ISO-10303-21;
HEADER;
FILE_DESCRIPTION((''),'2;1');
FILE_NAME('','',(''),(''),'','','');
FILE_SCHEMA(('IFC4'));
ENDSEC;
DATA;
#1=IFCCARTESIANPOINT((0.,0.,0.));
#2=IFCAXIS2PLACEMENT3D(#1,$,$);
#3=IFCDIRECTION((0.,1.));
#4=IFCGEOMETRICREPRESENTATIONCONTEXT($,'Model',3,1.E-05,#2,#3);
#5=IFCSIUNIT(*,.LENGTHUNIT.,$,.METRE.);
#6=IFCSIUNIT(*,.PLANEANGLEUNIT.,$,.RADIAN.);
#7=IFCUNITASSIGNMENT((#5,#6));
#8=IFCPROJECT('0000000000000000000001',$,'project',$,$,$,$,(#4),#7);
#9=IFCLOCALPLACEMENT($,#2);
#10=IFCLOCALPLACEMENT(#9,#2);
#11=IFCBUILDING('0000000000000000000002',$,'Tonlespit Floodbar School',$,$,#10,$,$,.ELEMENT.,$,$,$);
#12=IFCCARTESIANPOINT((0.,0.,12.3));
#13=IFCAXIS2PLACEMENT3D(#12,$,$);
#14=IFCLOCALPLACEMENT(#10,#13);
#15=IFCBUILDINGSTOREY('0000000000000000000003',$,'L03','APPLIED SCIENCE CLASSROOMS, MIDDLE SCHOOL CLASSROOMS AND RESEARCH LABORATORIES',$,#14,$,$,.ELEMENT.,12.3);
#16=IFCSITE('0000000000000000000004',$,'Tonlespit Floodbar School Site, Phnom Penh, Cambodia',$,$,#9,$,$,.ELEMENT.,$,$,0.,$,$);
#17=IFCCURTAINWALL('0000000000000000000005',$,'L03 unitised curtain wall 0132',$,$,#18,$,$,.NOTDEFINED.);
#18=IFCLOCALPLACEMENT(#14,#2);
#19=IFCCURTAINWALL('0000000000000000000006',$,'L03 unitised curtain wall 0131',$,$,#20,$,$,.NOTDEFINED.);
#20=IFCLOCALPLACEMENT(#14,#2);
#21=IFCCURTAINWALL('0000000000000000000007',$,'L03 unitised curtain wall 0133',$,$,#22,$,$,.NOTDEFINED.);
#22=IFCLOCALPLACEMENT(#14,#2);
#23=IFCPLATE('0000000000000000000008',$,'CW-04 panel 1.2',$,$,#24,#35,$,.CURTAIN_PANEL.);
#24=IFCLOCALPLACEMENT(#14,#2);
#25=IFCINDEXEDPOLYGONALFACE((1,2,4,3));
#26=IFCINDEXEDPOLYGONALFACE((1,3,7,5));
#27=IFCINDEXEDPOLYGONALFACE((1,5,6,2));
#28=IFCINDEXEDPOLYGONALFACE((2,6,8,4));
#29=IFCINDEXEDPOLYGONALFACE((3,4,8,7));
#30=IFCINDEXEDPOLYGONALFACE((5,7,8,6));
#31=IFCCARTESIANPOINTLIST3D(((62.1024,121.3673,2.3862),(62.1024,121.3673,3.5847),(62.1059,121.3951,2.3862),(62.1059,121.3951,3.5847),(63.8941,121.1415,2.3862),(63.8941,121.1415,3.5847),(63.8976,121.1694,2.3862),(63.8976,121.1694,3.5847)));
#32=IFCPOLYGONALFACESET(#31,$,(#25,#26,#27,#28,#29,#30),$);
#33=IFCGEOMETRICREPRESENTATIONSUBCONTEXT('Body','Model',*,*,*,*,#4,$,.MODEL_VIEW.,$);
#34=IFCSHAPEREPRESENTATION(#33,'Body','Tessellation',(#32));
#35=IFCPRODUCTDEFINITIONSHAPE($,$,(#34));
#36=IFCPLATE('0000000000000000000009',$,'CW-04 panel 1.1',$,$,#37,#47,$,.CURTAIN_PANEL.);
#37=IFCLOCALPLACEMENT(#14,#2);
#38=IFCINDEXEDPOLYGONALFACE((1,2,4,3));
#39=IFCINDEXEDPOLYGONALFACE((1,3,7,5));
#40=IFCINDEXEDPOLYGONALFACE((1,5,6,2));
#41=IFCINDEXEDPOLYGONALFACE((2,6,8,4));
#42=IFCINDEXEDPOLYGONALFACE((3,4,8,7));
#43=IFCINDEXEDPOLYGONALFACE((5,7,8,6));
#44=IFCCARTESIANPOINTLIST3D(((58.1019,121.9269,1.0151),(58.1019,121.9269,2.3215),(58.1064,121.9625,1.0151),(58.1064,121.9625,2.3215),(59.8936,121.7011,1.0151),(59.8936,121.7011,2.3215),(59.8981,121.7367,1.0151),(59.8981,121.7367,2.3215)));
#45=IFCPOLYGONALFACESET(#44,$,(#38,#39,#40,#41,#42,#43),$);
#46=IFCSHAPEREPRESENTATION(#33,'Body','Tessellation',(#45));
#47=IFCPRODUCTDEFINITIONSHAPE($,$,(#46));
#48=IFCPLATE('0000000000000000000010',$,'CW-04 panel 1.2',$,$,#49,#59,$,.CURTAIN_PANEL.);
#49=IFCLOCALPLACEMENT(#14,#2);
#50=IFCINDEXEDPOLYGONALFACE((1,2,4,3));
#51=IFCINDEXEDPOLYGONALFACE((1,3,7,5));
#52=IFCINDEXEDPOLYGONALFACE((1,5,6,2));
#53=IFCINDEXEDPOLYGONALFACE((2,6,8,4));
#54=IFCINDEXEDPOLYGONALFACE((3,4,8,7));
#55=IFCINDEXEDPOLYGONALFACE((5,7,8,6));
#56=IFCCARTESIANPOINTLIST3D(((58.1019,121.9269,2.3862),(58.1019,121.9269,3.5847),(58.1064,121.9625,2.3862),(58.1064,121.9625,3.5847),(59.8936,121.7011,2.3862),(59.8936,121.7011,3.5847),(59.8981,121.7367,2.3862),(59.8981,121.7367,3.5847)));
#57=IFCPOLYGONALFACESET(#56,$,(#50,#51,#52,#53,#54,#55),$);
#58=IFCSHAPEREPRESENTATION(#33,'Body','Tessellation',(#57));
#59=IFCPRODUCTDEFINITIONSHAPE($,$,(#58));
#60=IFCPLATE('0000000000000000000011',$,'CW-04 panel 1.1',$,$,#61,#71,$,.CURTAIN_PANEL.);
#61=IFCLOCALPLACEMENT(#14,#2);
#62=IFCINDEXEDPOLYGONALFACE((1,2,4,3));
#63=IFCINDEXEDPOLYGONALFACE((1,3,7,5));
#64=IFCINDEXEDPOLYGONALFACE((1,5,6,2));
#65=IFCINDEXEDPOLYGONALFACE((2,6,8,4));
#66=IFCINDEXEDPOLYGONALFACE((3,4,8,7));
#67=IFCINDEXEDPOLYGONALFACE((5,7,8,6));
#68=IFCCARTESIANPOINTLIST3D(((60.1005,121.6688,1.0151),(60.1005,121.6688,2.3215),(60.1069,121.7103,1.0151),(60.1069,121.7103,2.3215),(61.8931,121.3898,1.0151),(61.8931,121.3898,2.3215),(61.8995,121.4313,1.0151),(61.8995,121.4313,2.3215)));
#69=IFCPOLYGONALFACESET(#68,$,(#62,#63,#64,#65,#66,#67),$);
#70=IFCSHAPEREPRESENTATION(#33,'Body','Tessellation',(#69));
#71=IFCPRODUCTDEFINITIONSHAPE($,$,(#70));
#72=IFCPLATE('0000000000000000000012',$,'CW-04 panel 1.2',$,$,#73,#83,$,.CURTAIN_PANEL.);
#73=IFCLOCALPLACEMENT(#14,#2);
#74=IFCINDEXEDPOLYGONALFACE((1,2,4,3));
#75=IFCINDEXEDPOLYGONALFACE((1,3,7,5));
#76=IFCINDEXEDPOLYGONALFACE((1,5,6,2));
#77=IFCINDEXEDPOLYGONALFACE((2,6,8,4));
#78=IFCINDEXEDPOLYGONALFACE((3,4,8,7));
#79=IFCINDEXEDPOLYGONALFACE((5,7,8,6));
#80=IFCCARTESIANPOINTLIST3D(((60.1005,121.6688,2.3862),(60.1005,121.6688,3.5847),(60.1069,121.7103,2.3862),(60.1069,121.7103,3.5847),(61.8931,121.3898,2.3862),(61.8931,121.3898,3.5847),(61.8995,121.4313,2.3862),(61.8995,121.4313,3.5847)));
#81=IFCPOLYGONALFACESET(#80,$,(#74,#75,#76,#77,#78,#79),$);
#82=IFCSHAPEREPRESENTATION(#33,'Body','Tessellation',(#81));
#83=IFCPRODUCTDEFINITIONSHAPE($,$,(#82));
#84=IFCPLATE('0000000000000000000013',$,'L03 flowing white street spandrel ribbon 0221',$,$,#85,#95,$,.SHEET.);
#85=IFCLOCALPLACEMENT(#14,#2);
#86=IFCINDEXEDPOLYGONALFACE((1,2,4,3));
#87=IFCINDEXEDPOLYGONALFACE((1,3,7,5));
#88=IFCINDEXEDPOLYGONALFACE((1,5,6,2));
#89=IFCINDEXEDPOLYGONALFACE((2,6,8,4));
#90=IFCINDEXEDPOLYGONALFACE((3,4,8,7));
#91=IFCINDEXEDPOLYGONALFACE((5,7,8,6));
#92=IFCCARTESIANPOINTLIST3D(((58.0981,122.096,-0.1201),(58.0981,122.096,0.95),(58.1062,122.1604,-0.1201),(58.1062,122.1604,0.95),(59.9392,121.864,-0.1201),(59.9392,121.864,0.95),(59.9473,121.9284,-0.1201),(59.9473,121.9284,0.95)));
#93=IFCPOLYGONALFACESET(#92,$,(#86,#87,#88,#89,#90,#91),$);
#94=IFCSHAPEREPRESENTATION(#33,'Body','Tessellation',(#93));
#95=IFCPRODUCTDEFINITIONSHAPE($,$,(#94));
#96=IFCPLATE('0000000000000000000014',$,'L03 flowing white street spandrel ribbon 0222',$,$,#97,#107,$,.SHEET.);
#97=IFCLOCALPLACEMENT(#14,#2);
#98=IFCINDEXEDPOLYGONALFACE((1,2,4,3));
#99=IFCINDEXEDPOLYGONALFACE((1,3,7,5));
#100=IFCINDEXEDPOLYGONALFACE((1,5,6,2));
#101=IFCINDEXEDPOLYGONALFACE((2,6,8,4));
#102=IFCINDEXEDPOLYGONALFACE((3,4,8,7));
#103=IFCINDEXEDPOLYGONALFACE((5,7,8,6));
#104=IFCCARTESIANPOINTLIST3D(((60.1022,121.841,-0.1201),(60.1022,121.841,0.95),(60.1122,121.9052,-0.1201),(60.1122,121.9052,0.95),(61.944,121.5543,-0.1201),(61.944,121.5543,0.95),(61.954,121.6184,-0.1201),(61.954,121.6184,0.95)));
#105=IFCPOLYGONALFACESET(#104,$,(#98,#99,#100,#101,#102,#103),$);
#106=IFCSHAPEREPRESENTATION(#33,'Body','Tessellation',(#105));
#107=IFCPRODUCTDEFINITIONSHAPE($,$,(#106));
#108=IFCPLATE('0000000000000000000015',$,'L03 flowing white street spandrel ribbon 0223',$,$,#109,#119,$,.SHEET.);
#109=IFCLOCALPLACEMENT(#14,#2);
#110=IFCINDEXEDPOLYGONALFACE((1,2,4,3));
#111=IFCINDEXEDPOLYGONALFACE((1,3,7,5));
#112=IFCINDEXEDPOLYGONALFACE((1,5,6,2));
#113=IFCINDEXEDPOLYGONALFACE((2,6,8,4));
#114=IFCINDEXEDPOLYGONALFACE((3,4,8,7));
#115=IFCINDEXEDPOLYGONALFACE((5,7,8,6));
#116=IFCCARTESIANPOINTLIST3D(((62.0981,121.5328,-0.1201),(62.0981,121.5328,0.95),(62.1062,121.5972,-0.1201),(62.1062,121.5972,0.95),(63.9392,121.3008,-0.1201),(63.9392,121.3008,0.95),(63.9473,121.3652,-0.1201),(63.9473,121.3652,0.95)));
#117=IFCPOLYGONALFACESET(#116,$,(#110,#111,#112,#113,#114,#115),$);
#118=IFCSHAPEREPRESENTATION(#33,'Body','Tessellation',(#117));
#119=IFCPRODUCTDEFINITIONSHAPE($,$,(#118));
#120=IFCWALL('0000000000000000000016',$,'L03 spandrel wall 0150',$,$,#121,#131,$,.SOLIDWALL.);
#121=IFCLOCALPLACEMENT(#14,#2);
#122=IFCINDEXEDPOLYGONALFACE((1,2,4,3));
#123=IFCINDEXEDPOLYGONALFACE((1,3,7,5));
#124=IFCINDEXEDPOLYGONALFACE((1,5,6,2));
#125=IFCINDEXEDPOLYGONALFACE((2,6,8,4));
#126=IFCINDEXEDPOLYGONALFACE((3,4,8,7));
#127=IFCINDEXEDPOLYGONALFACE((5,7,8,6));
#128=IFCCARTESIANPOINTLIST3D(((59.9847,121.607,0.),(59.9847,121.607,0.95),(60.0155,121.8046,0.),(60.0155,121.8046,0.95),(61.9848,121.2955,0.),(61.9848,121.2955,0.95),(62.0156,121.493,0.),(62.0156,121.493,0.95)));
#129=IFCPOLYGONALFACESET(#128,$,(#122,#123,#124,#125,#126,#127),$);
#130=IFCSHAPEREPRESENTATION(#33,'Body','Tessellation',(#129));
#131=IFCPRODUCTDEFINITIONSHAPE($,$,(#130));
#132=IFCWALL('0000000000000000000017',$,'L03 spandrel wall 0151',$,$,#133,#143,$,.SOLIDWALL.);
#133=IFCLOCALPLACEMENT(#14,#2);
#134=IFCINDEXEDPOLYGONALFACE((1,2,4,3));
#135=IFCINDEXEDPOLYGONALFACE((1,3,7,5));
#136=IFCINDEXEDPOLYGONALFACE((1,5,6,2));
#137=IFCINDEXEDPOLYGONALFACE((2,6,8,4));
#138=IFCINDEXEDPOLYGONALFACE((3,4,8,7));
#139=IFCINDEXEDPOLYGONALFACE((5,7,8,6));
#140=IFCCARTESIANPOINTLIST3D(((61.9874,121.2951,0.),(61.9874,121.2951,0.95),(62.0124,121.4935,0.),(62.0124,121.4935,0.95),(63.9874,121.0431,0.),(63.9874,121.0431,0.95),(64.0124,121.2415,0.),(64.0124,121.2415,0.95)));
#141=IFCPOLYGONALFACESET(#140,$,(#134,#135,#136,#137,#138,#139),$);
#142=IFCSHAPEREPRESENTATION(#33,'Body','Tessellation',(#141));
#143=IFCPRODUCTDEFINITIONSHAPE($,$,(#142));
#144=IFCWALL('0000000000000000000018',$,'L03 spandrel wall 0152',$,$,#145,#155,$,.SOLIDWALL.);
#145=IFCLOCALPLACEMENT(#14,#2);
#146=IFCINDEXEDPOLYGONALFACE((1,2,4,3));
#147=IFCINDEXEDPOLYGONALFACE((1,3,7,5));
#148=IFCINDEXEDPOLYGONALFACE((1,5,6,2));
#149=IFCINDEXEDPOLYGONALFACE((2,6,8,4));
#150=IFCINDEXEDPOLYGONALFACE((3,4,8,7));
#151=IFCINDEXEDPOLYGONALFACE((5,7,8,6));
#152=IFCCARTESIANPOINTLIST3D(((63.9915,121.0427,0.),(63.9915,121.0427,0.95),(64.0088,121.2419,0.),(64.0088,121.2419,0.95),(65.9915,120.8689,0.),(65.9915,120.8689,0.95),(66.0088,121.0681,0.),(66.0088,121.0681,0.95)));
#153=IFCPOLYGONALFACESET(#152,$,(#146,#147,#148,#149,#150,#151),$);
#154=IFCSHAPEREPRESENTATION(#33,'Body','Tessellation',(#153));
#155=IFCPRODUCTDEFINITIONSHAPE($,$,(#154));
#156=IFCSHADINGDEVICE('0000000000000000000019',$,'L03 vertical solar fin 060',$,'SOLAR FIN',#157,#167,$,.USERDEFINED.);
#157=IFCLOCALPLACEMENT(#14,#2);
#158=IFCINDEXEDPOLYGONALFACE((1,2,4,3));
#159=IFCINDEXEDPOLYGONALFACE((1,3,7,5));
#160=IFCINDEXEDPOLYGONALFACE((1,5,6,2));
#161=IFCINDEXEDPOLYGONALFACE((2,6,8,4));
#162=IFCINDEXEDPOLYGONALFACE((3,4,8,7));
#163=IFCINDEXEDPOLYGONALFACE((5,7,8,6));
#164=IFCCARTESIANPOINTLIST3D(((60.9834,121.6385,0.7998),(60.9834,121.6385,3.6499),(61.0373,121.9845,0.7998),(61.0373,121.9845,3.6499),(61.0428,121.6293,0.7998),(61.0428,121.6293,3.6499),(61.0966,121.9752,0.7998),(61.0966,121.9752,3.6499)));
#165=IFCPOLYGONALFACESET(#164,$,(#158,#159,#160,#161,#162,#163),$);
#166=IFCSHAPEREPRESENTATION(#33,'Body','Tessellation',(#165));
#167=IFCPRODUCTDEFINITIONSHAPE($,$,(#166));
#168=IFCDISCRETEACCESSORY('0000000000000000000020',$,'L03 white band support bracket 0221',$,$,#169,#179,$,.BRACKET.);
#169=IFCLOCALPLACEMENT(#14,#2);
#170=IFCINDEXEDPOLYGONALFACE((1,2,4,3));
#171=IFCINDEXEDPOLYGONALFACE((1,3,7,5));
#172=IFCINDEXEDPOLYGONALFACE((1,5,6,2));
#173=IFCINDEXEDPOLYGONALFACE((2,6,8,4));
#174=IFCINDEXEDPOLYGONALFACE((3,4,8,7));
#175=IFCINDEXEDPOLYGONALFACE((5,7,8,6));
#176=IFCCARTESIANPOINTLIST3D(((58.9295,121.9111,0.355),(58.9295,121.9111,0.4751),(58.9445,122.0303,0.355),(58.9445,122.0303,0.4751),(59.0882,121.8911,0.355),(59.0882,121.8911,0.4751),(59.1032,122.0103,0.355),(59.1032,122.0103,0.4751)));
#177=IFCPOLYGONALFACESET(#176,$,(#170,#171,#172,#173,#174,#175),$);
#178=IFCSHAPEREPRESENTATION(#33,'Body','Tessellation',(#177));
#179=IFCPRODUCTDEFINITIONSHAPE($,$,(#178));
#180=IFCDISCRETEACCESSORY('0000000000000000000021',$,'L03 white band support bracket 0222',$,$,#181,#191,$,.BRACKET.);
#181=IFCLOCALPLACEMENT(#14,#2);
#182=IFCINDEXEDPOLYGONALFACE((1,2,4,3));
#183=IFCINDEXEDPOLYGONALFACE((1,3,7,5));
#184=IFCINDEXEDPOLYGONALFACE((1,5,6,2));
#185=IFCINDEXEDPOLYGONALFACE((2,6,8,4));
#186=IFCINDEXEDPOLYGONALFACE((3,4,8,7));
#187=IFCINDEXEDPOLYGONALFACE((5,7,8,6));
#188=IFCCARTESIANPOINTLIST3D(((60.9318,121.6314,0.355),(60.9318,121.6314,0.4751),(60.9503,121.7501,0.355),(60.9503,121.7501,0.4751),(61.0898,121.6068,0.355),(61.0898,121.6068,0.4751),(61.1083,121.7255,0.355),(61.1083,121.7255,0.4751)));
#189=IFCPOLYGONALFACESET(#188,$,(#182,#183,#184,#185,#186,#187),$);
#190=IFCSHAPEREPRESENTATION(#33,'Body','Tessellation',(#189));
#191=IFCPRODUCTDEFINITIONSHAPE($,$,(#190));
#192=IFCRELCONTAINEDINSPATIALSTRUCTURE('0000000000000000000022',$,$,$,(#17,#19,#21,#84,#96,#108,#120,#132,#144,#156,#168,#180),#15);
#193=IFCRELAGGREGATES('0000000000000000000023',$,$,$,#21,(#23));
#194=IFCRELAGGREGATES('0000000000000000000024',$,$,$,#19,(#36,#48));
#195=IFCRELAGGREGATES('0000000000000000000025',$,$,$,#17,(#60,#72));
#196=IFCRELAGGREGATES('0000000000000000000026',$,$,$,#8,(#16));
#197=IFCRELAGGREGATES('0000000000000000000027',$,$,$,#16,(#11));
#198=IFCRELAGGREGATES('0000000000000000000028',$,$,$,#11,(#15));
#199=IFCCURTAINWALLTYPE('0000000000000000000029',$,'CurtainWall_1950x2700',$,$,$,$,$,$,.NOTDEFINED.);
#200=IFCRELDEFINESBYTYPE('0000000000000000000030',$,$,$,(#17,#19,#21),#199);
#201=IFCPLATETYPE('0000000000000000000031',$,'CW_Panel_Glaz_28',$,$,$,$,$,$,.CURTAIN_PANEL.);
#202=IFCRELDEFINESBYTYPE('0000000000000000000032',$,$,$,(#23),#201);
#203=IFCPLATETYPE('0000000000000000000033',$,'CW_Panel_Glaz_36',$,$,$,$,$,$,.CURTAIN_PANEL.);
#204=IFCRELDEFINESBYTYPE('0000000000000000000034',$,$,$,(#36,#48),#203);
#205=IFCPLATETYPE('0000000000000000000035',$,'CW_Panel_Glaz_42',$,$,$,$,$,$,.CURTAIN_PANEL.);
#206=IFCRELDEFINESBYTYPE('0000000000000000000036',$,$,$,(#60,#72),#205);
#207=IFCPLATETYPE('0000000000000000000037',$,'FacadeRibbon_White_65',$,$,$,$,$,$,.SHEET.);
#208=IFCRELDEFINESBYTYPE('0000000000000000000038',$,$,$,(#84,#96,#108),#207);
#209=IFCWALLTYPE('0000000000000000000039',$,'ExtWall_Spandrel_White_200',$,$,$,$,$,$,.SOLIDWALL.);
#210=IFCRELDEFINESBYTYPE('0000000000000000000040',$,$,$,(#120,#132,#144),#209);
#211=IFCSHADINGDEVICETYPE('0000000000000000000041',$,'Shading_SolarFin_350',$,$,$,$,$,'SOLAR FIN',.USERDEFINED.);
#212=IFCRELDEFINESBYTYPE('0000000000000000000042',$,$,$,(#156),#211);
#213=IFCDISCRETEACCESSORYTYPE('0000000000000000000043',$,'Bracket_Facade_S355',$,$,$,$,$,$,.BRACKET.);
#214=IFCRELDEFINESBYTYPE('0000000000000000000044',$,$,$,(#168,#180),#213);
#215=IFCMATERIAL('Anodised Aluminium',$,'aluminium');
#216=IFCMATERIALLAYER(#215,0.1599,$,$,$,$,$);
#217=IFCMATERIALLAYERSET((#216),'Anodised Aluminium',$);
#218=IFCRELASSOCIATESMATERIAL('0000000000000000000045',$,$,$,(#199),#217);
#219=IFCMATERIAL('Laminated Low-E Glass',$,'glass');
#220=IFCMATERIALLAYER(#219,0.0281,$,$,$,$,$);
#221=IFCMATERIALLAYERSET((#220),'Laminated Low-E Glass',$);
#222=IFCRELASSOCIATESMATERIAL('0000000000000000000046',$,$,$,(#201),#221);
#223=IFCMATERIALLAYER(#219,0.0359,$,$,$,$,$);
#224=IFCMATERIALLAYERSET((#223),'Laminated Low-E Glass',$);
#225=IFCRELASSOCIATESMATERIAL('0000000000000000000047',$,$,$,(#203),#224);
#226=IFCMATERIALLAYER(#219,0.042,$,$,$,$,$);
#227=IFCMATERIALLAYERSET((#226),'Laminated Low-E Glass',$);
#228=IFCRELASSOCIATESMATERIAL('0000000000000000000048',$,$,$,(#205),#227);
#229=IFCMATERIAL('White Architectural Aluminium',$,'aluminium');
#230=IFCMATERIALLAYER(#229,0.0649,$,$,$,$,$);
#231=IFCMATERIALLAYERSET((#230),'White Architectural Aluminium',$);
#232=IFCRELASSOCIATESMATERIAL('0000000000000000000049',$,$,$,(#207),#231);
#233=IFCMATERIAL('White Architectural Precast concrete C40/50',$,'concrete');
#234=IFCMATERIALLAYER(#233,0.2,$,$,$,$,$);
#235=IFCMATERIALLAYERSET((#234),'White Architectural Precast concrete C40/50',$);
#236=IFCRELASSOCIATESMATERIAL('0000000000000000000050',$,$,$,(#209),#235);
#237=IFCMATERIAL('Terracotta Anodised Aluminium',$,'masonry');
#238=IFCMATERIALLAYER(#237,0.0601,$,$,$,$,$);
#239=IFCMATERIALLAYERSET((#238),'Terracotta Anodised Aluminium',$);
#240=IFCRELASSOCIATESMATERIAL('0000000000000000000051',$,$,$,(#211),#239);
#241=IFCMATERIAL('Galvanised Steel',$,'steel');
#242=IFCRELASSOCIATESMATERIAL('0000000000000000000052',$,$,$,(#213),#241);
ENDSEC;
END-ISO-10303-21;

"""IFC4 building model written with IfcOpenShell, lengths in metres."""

from ifc_helpers import new_model, si_unit, direction, frame, frame_2d, origin, origin_2d, place, context, subcontext, project, spatial, rectangle, extrude, material, layer, layer_set, type_object, element, aggregate, save


model = new_model("IFC4")

# Units and contexts
model_context = context("Model", 3, precision=1e-05, world=origin(), true_north=direction((0.0, 1.0)))
body_context = subcontext(model_context, "Body", "Model", "MODEL_VIEW")
ifc_project = project(units=[si_unit("LENGTHUNIT", "METRE"), si_unit("PLANEANGLEUNIT", "RADIAN")], contexts=[model_context])

# Site, building, storey
site_placement = place(None, origin())
site = spatial("IfcSite", under=ifc_project, at=site_placement, Name="Tonlespit Floodbar School Site, Phnom Penh, Cambodia", CompositionType="ELEMENT", RefElevation=0.0)
building_placement = place(site_placement, origin())
building = spatial("IfcBuilding", under=site, at=building_placement, Name="Tonlespit Floodbar School", CompositionType="ELEMENT")
storey_placement = place(building_placement, frame((0.0, 0.0, 12.3)))
storey = spatial("IfcBuildingStorey", under=building, at=storey_placement, Name="L03", Description="APPLIED SCIENCE CLASSROOMS, MIDDLE SCHOOL CLASSROOMS AND RESEARCH LABORATORIES", CompositionType="ELEMENT", Elevation=12.3)

# Curtain wall
ifc_material_1 = material(Name="Anodised Aluminium", Category="aluminium")
ifc_layer_1 = layer(ifc_material_1, 0.1599)
ifc_layer_set_1 = layer_set([ifc_layer_1], Name="Anodised Aluminium")
curtain_wall_type = type_object("IfcCurtainWallType", Name="CurtainWall_1950x2700", PredefinedType="NOTDEFINED", material=ifc_layer_set_1)
curtain_wall_1_placement = place(storey_placement, origin())
curtain_wall_1 = element("IfcCurtainWall", 1, at=curtain_wall_1_placement, inside=storey, type_object=curtain_wall_type, Name="L03 unitised curtain wall 0132", PredefinedType="NOTDEFINED")

# Curtain wall
curtain_wall_2_placement = place(storey_placement, origin())
curtain_wall_2 = element("IfcCurtainWall", 2, at=curtain_wall_2_placement, inside=storey, type_object=curtain_wall_type, Name="L03 unitised curtain wall 0131", PredefinedType="NOTDEFINED")

# Curtain wall
curtain_wall_3_placement = place(storey_placement, origin())
curtain_wall_3 = element("IfcCurtainWall", 3, at=curtain_wall_3_placement, inside=storey, type_object=curtain_wall_type, Name="L03 unitised curtain wall 0133", PredefinedType="NOTDEFINED")

# Plates
ifc_material_2 = material(Name="Laminated Low-E Glass", Category="glass")
ifc_layer_2 = layer(ifc_material_2, 0.0281)
ifc_layer_set_2 = layer_set([ifc_layer_2], Name="Laminated Low-E Glass")
plate_type_1 = type_object("IfcPlateType", Name="CW_Panel_Glaz_28", PredefinedType="CURTAIN_PANEL", material=ifc_layer_set_2)
plate_1_placement = place(storey_placement, frame((63.0, 121.2683, 2.3862), z_axis=(0.0, 0.0, 1.0), x_axis=(0.992155, -0.125014, 0.0)))
plate_1 = element("IfcPlate", 4, at=plate_1_placement, type_object=plate_type_1, Name="CW-04 panel 1.2", PredefinedType="CURTAIN_PANEL", context=body_context, shape_type="SweptSolid", body=[
    extrude(rectangle(XDim=1.8059, YDim=0.0281, at=origin_2d()), origin(), (0.0, 0.0, 1.0), 1.1985),
])
aggregate(curtain_wall_3, [plate_1])
ifc_layer_3 = layer(ifc_material_2, 0.0359)
ifc_layer_set_3 = layer_set([ifc_layer_3], Name="Laminated Low-E Glass")
plate_type_2 = type_object("IfcPlateType", Name="CW_Panel_Glaz_36", PredefinedType="CURTAIN_PANEL", material=ifc_layer_set_3)
plate_2_placement = place(storey_placement, frame((59.0, 121.8318, 1.0151), z_axis=(0.0, 0.0, 1.0), x_axis=(0.992155, -0.125014, 0.0)))
plate_2 = element("IfcPlate", 5, at=plate_2_placement, type_object=plate_type_2, Name="CW-04 panel 1.1", PredefinedType="CURTAIN_PANEL", context=body_context, shape_type="SweptSolid", body=[
    extrude(rectangle(XDim=1.8059, YDim=0.0359, at=origin_2d()), origin(), (0.0, 0.0, 1.0), 1.3064),
])
plate_3_placement = place(storey_placement, frame((59.0, 121.8318, 2.3862), z_axis=(0.0, 0.0, 1.0), x_axis=(0.992155, -0.125014, 0.0)))
plate_3 = element("IfcPlate", 6, at=plate_3_placement, type_object=plate_type_2, Name="CW-04 panel 1.2", PredefinedType="CURTAIN_PANEL", context=body_context, shape_type="SweptSolid", body=[
    extrude(rectangle(XDim=1.8059, YDim=0.0359, at=origin_2d()), origin(), (0.0, 0.0, 1.0), 1.1985),
])
aggregate(curtain_wall_2, [plate_2, plate_3])
ifc_layer_4 = layer(ifc_material_2, 0.042)
ifc_layer_set_4 = layer_set([ifc_layer_4], Name="Laminated Low-E Glass")
plate_type_3 = type_object("IfcPlateType", Name="CW_Panel_Glaz_42", PredefinedType="CURTAIN_PANEL", material=ifc_layer_set_4)
plate_4_placement = place(storey_placement, frame((61.0, 121.55, 1.0151), z_axis=(0.0, 0.0, 1.0), x_axis=(0.988103, -0.153796, 0.0)))
plate_4 = element("IfcPlate", 7, at=plate_4_placement, type_object=plate_type_3, Name="CW-04 panel 1.1", PredefinedType="CURTAIN_PANEL", context=body_context, shape_type="SweptSolid", body=[
    extrude(rectangle(XDim=1.8142, YDim=0.042, at=origin_2d()), origin(), (0.0, 0.0, 1.0), 1.3064),
])
plate_5_placement = place(storey_placement, frame((61.0, 121.55, 2.3862), z_axis=(0.0, 0.0, 1.0), x_axis=(0.988103, -0.153796, 0.0)))
plate_5 = element("IfcPlate", 8, at=plate_5_placement, type_object=plate_type_3, Name="CW-04 panel 1.2", PredefinedType="CURTAIN_PANEL", context=body_context, shape_type="SweptSolid", body=[
    extrude(rectangle(XDim=1.8142, YDim=0.042, at=origin_2d()), origin(), (0.0, 0.0, 1.0), 1.1985),
])
aggregate(curtain_wall_1, [plate_4, plate_5])

# Plates
ifc_material_3 = material(Name="White Architectural Aluminium", Category="aluminium")
ifc_layer_5 = layer(ifc_material_3, 0.0649)
ifc_layer_set_5 = layer_set([ifc_layer_5], Name="White Architectural Aluminium")
plate_type_4 = type_object("IfcPlateType", Name="FacadeRibbon_White_65", PredefinedType="SHEET", material=ifc_layer_set_5)
plate_6_placement = place(storey_placement, frame((59.0227, 122.0122, -0.1201), z_axis=(0.0, 0.0, 1.0), x_axis=(0.992155, -0.125011, 0.0)))
element("IfcPlate", 9, at=plate_6_placement, inside=storey, type_object=plate_type_4, Name="L03 flowing white street spandrel ribbon 0221", PredefinedType="SHEET", context=body_context, shape_type="SweptSolid", body=[
    extrude(rectangle(XDim=1.8557, YDim=0.0649, at=origin_2d()), origin(), (0.0, 0.0, 1.0), 1.0701),
])
plate_7_placement = place(storey_placement, frame((61.0281, 121.7297, -0.1201), z_axis=(0.0, 0.0, 1.0), x_axis=(0.988095, -0.153846, 0.0)))
element("IfcPlate", 10, at=plate_7_placement, inside=storey, type_object=plate_type_4, Name="L03 flowing white street spandrel ribbon 0222", PredefinedType="SHEET", context=body_context, shape_type="SweptSolid", body=[
    extrude(rectangle(XDim=1.864, YDim=0.0649, at=origin_2d()), origin(), (0.0, 0.0, 1.0), 1.0701),
])
plate_8_placement = place(storey_placement, frame((63.0227, 121.449, -0.1201), z_axis=(0.0, 0.0, 1.0), x_axis=(0.992155, -0.125011, 0.0)))
element("IfcPlate", 11, at=plate_8_placement, inside=storey, type_object=plate_type_4, Name="L03 flowing white street spandrel ribbon 0223", PredefinedType="SHEET", context=body_context, shape_type="SweptSolid", body=[
    extrude(rectangle(XDim=1.8557, YDim=0.0649, at=origin_2d()), origin(), (0.0, 0.0, 1.0), 1.0701),
])

# Walls
ifc_material_4 = material(Name="White Architectural Precast concrete C40/50", Category="concrete")
ifc_layer_6 = layer(ifc_material_4, 0.2)
ifc_layer_set_6 = layer_set([ifc_layer_6], Name="White Architectural Precast concrete C40/50")
wall_type = type_object("IfcWallType", Name="ExtWall_Spandrel_White_200", PredefinedType="SOLIDWALL", material=ifc_layer_set_6)
wall_1_placement = place(storey_placement, frame((60.0, 121.7058, 0.0), z_axis=(0.0, 0.0, 1.0), x_axis=(0.988086, -0.153906, 0.0)))
element("IfcWall", 12, at=wall_1_placement, inside=storey, type_object=wall_type, Name="L03 spandrel wall 0150", PredefinedType="SOLIDWALL", context=body_context, shape_type="SweptSolid", body=[
    extrude(rectangle(XDim=2.0242, YDim=0.2, at=frame_2d((1.0122, 0.0))), origin(), (0.0, 0.0, 1.0), 0.95),
])
wall_2_placement = place(storey_placement, frame((62.0, 121.3943, 0.0), z_axis=(0.0, 0.0, 1.0), x_axis=(0.992158, -0.124989, 0.0)))
element("IfcWall", 13, at=wall_2_placement, inside=storey, type_object=wall_type, Name="L03 spandrel wall 0151", PredefinedType="SOLIDWALL", context=body_context, shape_type="SweptSolid", body=[
    extrude(rectangle(XDim=2.0159, YDim=0.2, at=frame_2d((1.0078, 0.0))), origin(), (0.0, 0.0, 1.0), 0.95),
])
wall_3_placement = place(storey_placement, frame((64.0, 121.1423, 0.0), z_axis=(0.0, 0.0, 1.0), x_axis=(0.996244, -0.086588, 0.0)))
element("IfcWall", 14, at=wall_3_placement, inside=storey, type_object=wall_type, Name="L03 spandrel wall 0152", PredefinedType="SOLIDWALL", context=body_context, shape_type="SweptSolid", body=[
    extrude(rectangle(XDim=2.0076, YDim=0.2, at=frame_2d((1.0039, 0.0))), origin(), (0.0, 0.0, 1.0), 0.95),
])

# Shading device
ifc_material_5 = material(Name="Terracotta Anodised Aluminium", Category="masonry")
ifc_layer_7 = layer(ifc_material_5, 0.0601)
ifc_layer_set_7 = layer_set([ifc_layer_7], Name="Terracotta Anodised Aluminium")
shading_device_type = type_object("IfcShadingDeviceType", Name="Shading_SolarFin_350", ElementType="SOLAR FIN", PredefinedType="USERDEFINED", material=ifc_layer_set_7)
shading_device_placement = place(storey_placement, frame((61.04, 121.8069, 0.7998), z_axis=(0.0, 0.0, 1.0), x_axis=(0.988095, -0.153846, 0.0)))
element("IfcShadingDevice", 15, at=shading_device_placement, inside=storey, type_object=shading_device_type, Name="L03 vertical solar fin 060", ObjectType="SOLAR FIN", PredefinedType="USERDEFINED", context=body_context, shape_type="SweptSolid", body=[
    extrude(rectangle(XDim=0.0601, YDim=0.3501, at=origin_2d()), origin(), (0.0, 0.0, 1.0), 2.8501),
])

# Discrete accessories
ifc_material_6 = material(Name="Galvanised Steel", Category="steel")
discrete_accessory_type = type_object("IfcDiscreteAccessoryType", Name="Bracket_Facade_S355", PredefinedType="BRACKET", material=ifc_material_6)
for number, where, z_axis, x_axis, name in (
    (16, (59.0164, 121.9607, 0.355), (0.0, 0.0, 1.0), (0.992155, -0.125011, 0.0), "L03 white band support bracket 0221"),
    (17, (61.02, 121.6785, 0.355), (0.0, 0.0, 1.0), (0.988095, -0.153846, 0.0), "L03 white band support bracket 0222"),
):
    element("IfcDiscreteAccessory", number, at=place(storey_placement, frame(where, z_axis=z_axis, x_axis=x_axis)), inside=storey, type_object=discrete_accessory_type, Name=name, PredefinedType="BRACKET", context=body_context, shape_type="SweptSolid", body=[
        extrude(rectangle(XDim=0.1599, YDim=0.1201, at=origin_2d()), origin(), (0.0, 0.0, 1.0), 0.1201),
    ])

save(model, "model.ifc")
